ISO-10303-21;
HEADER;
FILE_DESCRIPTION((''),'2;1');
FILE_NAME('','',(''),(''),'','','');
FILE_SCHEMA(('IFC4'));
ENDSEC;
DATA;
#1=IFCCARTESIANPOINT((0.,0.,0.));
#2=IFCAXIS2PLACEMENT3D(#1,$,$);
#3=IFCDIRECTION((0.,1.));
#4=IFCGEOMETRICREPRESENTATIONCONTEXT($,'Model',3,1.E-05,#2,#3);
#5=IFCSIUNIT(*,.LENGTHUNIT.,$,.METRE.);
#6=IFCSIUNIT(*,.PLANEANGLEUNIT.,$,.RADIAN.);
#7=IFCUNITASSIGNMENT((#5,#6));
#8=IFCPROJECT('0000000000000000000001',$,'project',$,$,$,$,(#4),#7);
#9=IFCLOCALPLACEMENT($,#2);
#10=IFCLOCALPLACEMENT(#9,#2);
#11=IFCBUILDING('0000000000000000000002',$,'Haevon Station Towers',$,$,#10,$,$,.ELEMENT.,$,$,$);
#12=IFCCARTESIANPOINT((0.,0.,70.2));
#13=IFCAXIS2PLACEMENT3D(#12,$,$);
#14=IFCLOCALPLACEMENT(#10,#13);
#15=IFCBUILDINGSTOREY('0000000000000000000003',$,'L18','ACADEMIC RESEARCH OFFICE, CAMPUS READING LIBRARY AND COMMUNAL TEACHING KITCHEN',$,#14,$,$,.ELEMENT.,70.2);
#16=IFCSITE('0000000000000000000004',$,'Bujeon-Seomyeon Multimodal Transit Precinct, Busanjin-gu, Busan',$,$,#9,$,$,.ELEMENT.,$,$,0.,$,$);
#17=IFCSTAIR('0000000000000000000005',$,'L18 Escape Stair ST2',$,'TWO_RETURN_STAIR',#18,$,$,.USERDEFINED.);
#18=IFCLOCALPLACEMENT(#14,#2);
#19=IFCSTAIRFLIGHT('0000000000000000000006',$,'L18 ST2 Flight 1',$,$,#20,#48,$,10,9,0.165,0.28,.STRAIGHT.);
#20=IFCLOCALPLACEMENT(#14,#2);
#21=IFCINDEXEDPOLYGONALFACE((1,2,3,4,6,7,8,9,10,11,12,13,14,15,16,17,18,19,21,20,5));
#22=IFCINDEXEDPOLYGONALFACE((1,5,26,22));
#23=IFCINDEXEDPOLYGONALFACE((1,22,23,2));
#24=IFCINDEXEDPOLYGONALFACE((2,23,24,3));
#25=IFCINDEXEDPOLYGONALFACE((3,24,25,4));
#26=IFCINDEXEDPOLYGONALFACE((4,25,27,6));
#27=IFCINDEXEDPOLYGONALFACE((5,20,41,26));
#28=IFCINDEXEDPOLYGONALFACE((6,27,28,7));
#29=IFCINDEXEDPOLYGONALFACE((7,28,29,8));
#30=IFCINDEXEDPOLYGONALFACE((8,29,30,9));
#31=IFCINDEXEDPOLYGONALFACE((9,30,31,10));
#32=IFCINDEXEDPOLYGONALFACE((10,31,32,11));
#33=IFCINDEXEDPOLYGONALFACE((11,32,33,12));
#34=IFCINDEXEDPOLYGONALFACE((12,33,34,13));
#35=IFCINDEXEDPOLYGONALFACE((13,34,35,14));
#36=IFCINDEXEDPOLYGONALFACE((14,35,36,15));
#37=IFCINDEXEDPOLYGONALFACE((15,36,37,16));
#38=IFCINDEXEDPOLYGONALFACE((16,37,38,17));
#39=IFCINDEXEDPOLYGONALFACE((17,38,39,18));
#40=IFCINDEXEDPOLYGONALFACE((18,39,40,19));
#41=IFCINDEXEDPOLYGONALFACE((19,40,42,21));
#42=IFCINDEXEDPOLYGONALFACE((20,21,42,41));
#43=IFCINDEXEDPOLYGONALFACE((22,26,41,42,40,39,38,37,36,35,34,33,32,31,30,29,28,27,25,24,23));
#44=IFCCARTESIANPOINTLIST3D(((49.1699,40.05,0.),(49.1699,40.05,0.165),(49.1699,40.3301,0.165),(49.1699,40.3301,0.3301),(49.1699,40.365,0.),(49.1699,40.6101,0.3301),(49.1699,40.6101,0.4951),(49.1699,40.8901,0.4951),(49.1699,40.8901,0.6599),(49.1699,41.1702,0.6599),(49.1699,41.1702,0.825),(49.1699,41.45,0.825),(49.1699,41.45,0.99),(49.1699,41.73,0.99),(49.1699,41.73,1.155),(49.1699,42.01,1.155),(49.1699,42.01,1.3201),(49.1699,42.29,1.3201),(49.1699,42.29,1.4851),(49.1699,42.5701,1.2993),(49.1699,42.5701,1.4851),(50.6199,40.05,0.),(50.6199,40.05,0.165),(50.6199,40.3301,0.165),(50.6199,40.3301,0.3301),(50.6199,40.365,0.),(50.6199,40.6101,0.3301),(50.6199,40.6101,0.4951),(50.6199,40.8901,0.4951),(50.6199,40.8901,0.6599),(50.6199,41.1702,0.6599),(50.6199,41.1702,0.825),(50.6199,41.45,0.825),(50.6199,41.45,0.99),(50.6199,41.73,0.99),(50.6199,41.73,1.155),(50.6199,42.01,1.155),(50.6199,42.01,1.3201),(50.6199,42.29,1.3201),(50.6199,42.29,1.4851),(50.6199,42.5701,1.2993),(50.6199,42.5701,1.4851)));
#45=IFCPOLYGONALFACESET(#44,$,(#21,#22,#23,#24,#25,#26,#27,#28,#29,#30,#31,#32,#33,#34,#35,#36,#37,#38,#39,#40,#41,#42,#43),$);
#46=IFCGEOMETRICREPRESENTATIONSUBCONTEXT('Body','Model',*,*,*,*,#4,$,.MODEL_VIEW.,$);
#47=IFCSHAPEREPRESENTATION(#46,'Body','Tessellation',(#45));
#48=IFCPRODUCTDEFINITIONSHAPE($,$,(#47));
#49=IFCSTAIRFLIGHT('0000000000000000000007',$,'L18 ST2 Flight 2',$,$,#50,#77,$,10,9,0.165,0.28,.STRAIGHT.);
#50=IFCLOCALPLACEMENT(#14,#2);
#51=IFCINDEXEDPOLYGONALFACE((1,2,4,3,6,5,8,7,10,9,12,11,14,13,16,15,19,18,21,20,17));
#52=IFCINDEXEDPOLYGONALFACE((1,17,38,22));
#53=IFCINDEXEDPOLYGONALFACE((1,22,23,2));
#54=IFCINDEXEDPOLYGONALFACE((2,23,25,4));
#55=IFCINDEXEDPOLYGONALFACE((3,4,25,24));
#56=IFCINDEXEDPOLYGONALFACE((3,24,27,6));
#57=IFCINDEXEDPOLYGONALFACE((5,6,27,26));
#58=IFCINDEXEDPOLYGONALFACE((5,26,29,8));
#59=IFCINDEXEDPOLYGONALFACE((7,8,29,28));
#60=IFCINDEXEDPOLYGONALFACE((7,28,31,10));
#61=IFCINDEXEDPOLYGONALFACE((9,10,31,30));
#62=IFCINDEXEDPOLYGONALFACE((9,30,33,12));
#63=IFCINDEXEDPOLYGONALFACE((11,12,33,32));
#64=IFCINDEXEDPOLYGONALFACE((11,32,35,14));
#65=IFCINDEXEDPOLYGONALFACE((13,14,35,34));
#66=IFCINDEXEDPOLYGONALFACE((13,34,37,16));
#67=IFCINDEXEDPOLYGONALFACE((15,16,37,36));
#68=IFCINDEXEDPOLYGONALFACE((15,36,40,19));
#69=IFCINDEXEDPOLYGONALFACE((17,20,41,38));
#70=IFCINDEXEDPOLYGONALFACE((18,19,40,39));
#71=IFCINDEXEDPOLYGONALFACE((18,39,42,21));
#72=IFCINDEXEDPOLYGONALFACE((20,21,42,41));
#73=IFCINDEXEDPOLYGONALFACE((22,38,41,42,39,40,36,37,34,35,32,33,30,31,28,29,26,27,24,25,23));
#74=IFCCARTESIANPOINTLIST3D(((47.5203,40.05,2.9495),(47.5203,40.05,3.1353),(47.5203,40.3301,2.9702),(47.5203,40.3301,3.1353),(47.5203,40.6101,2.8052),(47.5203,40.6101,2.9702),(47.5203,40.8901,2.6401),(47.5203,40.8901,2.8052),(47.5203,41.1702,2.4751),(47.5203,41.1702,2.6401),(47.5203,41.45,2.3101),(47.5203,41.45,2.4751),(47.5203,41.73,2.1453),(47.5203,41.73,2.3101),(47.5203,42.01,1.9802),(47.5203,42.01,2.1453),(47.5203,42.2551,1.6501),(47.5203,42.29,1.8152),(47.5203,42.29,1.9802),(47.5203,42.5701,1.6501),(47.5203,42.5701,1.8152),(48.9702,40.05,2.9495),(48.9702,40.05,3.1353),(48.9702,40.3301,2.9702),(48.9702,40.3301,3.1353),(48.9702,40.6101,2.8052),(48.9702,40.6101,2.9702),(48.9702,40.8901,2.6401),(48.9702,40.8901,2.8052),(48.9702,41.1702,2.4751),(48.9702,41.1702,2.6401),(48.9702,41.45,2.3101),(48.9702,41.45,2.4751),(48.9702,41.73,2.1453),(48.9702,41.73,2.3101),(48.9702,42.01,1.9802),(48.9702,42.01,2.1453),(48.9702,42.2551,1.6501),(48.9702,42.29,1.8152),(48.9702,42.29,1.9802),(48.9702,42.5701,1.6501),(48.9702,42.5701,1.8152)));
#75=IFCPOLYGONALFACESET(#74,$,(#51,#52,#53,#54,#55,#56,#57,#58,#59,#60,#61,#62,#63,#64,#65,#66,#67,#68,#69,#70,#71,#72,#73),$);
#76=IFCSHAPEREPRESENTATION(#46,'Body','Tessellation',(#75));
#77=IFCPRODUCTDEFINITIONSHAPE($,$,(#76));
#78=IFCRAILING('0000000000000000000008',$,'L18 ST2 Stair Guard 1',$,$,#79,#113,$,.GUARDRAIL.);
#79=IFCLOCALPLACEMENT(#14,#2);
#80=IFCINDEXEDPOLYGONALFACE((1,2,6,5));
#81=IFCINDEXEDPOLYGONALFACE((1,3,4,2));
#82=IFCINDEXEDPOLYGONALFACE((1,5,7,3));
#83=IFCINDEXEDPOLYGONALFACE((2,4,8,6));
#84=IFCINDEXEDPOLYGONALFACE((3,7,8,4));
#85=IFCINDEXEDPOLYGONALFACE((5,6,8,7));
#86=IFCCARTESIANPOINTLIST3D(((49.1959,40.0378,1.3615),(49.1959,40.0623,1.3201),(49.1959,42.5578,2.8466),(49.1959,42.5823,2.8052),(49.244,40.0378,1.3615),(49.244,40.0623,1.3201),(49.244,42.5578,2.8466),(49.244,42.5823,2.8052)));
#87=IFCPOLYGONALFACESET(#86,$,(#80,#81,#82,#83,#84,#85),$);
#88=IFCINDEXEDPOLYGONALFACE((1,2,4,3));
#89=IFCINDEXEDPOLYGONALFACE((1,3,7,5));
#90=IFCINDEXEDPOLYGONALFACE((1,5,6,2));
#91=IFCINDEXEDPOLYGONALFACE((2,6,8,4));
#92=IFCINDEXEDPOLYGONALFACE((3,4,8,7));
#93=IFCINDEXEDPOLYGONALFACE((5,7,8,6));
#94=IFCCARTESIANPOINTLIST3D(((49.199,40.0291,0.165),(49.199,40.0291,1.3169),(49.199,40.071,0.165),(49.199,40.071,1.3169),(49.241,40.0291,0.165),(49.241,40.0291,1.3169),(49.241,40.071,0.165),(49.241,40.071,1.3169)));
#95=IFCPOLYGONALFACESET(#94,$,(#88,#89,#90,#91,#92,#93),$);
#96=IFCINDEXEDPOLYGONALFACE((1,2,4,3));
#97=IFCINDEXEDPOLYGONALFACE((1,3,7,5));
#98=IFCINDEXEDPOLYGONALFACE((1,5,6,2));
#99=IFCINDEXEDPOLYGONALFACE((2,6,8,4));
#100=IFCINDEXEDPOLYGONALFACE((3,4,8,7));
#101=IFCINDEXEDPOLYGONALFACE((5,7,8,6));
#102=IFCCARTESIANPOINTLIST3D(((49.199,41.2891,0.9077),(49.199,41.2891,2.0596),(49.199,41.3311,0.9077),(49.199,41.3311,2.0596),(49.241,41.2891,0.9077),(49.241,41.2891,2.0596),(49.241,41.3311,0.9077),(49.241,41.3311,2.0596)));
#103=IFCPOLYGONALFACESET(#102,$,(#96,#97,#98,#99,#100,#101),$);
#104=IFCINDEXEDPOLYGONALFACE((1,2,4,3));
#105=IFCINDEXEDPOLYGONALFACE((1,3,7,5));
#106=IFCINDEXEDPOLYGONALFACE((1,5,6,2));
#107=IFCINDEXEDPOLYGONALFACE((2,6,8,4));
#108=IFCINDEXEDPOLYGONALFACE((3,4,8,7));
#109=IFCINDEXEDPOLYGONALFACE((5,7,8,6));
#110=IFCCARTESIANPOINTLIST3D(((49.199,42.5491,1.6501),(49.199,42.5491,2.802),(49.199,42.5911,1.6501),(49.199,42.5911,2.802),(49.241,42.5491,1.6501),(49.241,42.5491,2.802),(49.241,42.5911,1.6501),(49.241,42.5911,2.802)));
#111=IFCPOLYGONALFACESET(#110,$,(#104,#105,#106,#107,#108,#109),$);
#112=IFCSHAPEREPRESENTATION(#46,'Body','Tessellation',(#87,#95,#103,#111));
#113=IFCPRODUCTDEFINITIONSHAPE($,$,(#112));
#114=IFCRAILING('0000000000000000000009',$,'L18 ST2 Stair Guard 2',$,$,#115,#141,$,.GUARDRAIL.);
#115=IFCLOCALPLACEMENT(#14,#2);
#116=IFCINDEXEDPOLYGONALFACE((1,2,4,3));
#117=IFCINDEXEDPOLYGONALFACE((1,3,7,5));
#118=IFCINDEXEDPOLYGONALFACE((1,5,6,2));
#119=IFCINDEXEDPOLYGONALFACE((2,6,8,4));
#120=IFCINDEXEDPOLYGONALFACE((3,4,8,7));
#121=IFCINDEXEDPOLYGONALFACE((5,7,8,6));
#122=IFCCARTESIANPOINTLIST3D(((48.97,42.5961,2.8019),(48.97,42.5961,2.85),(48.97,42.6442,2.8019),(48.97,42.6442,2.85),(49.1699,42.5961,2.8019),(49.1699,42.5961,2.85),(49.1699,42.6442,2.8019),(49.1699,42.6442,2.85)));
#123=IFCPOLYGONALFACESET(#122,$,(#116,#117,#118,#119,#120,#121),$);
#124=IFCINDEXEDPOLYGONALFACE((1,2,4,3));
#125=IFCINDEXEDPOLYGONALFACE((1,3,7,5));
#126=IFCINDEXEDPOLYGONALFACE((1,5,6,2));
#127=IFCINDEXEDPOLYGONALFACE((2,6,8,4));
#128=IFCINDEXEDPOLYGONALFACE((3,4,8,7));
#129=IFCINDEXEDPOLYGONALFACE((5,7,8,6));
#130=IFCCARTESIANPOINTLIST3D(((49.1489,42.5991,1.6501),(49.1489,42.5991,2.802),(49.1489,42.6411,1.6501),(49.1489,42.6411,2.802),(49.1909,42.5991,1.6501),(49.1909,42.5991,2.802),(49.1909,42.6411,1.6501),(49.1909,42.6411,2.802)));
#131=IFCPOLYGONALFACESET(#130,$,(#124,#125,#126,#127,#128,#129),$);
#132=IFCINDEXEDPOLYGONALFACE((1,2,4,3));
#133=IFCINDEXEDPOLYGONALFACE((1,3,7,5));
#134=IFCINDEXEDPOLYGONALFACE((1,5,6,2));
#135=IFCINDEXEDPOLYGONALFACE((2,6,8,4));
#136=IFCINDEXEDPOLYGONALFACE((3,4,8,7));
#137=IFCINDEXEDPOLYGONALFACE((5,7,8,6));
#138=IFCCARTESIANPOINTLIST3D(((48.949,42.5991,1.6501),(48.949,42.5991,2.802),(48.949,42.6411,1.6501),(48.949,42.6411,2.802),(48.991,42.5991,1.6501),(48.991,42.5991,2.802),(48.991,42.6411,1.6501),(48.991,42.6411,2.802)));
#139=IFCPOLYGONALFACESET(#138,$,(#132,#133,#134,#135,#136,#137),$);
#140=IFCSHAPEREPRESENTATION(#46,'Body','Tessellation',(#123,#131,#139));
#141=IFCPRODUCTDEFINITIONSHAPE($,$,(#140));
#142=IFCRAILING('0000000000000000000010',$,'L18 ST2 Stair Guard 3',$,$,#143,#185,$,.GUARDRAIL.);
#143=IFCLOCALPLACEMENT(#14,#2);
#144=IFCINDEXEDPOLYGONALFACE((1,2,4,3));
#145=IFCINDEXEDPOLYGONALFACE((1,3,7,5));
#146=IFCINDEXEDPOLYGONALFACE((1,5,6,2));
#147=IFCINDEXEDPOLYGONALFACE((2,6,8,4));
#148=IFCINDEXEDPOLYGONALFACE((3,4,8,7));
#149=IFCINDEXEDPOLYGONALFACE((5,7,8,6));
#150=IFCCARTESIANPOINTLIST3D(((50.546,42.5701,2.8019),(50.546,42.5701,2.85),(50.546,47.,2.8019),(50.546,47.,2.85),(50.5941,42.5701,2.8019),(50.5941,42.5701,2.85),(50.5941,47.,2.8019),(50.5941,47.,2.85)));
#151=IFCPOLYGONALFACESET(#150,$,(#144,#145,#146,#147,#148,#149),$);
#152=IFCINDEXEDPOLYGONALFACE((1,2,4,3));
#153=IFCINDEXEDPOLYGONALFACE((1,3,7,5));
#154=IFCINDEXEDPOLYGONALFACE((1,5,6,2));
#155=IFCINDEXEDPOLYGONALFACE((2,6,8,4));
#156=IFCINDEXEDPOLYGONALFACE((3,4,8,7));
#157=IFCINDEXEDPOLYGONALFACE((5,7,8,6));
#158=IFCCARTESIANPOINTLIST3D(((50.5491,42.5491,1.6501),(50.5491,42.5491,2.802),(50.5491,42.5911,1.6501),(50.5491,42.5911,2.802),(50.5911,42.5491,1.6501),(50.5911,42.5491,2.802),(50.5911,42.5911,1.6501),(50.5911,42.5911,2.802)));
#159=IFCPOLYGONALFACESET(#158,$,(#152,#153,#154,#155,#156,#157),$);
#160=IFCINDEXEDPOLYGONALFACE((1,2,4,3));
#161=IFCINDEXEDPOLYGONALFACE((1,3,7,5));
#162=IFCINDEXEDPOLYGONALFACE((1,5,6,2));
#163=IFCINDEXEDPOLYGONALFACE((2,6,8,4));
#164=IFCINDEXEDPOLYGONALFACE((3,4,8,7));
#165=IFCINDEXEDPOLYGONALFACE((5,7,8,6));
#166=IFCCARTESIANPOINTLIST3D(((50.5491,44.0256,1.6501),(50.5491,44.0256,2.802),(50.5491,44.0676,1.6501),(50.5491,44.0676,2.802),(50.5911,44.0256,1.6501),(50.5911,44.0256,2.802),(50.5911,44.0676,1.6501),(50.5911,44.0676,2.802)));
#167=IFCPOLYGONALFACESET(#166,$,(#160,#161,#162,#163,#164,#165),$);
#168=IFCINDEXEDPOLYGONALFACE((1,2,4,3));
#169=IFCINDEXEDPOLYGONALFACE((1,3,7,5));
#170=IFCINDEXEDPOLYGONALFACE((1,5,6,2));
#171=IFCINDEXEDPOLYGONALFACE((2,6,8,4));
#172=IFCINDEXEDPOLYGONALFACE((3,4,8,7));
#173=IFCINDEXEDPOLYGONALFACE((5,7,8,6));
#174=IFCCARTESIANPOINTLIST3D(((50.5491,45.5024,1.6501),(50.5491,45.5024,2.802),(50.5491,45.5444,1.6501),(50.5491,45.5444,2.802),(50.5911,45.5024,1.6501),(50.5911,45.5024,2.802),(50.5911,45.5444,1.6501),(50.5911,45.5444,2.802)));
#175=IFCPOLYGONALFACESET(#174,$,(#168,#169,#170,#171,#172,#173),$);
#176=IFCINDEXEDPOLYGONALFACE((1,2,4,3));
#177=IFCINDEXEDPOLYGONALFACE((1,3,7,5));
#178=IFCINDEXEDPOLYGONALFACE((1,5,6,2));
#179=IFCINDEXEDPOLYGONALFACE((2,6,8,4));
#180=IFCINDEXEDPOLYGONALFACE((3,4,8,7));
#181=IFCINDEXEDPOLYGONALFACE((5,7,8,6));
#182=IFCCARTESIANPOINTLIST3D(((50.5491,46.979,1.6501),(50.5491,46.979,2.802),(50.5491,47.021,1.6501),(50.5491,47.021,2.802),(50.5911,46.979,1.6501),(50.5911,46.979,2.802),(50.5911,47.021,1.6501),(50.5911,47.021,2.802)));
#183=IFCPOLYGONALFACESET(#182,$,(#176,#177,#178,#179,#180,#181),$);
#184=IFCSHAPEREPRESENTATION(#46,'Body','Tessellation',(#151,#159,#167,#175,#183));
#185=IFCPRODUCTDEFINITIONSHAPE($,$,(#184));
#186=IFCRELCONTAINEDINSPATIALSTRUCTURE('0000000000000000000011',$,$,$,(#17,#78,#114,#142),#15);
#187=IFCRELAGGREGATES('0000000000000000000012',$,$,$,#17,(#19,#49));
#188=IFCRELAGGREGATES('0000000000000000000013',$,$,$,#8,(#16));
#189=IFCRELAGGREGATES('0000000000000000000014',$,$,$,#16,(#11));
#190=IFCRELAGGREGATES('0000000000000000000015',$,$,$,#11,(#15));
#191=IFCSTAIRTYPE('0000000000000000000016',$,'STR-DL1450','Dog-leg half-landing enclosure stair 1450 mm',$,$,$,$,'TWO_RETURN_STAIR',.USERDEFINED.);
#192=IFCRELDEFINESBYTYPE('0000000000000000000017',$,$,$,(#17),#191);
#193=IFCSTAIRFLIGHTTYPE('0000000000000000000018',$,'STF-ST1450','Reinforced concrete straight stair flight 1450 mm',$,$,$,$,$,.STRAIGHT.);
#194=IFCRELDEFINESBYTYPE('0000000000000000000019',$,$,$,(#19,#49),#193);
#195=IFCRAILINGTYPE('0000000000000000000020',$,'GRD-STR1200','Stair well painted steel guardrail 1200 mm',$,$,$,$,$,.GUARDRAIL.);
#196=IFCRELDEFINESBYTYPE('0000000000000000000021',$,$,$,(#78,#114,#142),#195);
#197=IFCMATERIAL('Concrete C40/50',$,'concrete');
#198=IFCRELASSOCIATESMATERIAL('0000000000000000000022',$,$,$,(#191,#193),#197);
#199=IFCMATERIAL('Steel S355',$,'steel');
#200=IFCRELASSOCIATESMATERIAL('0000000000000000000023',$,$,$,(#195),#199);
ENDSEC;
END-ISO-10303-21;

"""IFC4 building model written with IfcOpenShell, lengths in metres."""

from ifc_helpers import new_model, si_unit, direction, frame, origin, origin_2d, place, context, subcontext, project, spatial, polyline, rectangle, outline, extrude, material, type_object, element, aggregate, save


model = new_model("IFC4")

# Units and contexts
model_context = context("Model", 3, precision=1e-05, world=origin(), true_north=direction((0.0, 1.0)))
body_context = subcontext(model_context, "Body", "Model", "MODEL_VIEW")
ifc_project = project(units=[si_unit("LENGTHUNIT", "METRE"), si_unit("PLANEANGLEUNIT", "RADIAN")], contexts=[model_context])

# Site, building, storey
site_placement = place(None, origin())
site = spatial("IfcSite", under=ifc_project, at=site_placement, Name="Bujeon-Seomyeon Multimodal Transit Precinct, Busanjin-gu, Busan", CompositionType="ELEMENT", RefElevation=0.0)
building_placement = place(site_placement, origin())
building = spatial("IfcBuilding", under=site, at=building_placement, Name="Haevon Station Towers", CompositionType="ELEMENT")
storey_placement = place(building_placement, frame((0.0, 0.0, 70.2)))
storey = spatial("IfcBuildingStorey", under=building, at=storey_placement, Name="L18", Description="ACADEMIC RESEARCH OFFICE, CAMPUS READING LIBRARY AND COMMUNAL TEACHING KITCHEN", CompositionType="ELEMENT", Elevation=70.2)

# Shared definitions
ifc_material_1 = material(Name="Steel S355", Category="steel")

# Shared definitions
ifc_material_2 = material(Name="Concrete C40/50", Category="concrete")

# Stair, stair flights
stair_type = type_object("IfcStairType", Name="STR-DL1450", Description="Dog-leg half-landing enclosure stair 1450 mm", ElementType="TWO_RETURN_STAIR", PredefinedType="USERDEFINED", material=ifc_material_2)
stair_placement = place(storey_placement, origin())
stair = element("IfcStair", 1, at=stair_placement, inside=storey, type_object=stair_type, Name="L18 Escape Stair ST2", ObjectType="TWO_RETURN_STAIR", PredefinedType="USERDEFINED")
stair_flight_type = type_object("IfcStairFlightType", Name="STF-ST1450", Description="Reinforced concrete straight stair flight 1450 mm", PredefinedType="STRAIGHT", material=ifc_material_2)
stair_flight_1_placement = place(storey_placement, frame((49.895, 40.05, 0.0), z_axis=(0.0, 0.0, 1.0), x_axis=(0.0, 1.0, 0.0)))
stair_flight_1 = element("IfcStairFlight", 2, at=stair_flight_1_placement, type_object=stair_flight_type, Name="L18 ST2 Flight 1", NumberOfRisers=10, NumberOfTreads=9, PredefinedType="STRAIGHT", RiserHeight=0.165, TreadLength=0.28, context=body_context, shape_type="SweptSolid", body=[
    extrude(outline(polyline([(0.0, 0.0), (0.0, 0.165), (0.28, 0.165), (0.28, 0.3301), (0.5601, 0.3301), (0.5601, 0.4951), (0.8401, 0.4951), (0.8401, 0.6599), (1.1201, 0.6599), (1.1201, 0.825), (1.3999, 0.825), (1.3999, 0.99), (1.6799, 0.99), (1.6799, 1.155), (1.96, 1.155), (1.96, 1.3201), (2.24, 1.3201), (2.24, 1.4851), (2.52, 1.4851), (2.52, 1.6499), (2.52, 1.2993), (0.3149, 0.0), (0.0, 0.0)])), frame((0.0, 0.7251, 0.0), z_axis=(0.0, -1.0, 0.0), x_axis=(1.0, 0.0, 0.0)), (0.0, 0.0, 1.0), 1.45),
])
stair_flight_2_placement = place(storey_placement, frame((48.2451, 42.5701, 1.6501), z_axis=(0.0, 0.0, 1.0), x_axis=(0.0, -1.0, 0.0)))
stair_flight_2 = element("IfcStairFlight", 3, at=stair_flight_2_placement, type_object=stair_flight_type, Name="L18 ST2 Flight 2", NumberOfRisers=10, NumberOfTreads=9, PredefinedType="STRAIGHT", RiserHeight=0.165, TreadLength=0.28, context=body_context, shape_type="SweptSolid", body=[
    extrude(outline(polyline([(0.0, 0.0), (0.0, 0.165), (0.28, 0.165), (0.28, 0.3301), (0.5601, 0.3301), (0.5601, 0.4951), (0.8401, 0.4951), (0.8401, 0.6599), (1.1201, 0.6599), (1.1201, 0.825), (1.3999, 0.825), (1.3999, 0.99), (1.6799, 0.99), (1.6799, 1.155), (1.96, 1.155), (1.96, 1.3201), (2.24, 1.3201), (2.24, 1.4851), (2.52, 1.4851), (2.52, 1.6499), (2.52, 1.2993), (0.3149, 0.0), (0.0, 0.0)])), frame((0.0, 0.7251, 0.0), z_axis=(0.0, -1.0, 0.0), x_axis=(1.0, 0.0, 0.0)), (0.0, 0.0, 1.0), 1.45),
])
aggregate(stair, [stair_flight_1, stair_flight_2])

# Railings
railing_type_1 = type_object("IfcRailingType", Name="GRD-STR1200", Description="Stair well painted steel guardrail 1200 mm", PredefinedType="GUARDRAIL", material=ifc_material_1)
railing_1_placement = place(storey_placement, frame((49.22, 40.05, 0.165)))
element("IfcRailing", 4, at=railing_1_placement, inside=storey, type_object=railing_type_1, Name="L18 ST2 Stair Guard 1", PredefinedType="GUARDRAIL", context=body_context, shape_type="SweptSolid", body=[
    extrude(rectangle(XDim=0.0481, YDim=0.0481, at=origin_2d()), frame((0.0, 0.0, 1.1758), z_axis=(0.0, 0.861524, 0.507717), x_axis=(-1.0, 0.0, 0.0)), (0.0, 0.0, 1.0), 2.925),
    extrude(rectangle(XDim=0.042, YDim=0.042, at=origin_2d()), origin(), (0.0, 0.0, 1.0), 1.1519),
    extrude(rectangle(XDim=0.042, YDim=0.042, at=origin_2d()), frame((0.0, 1.26, 0.7427)), (0.0, 0.0, 1.0), 1.1519),
    extrude(rectangle(XDim=0.042, YDim=0.042, at=origin_2d()), frame((0.0, 2.52, 1.4851)), (0.0, 0.0, 1.0), 1.1519),
])
railing_2_placement = place(storey_placement, frame((49.1699, 42.6201, 1.6501)))
element("IfcRailing", 5, at=railing_2_placement, inside=storey, type_object=railing_type_1, Name="L18 ST2 Stair Guard 2", PredefinedType="GUARDRAIL", context=body_context, shape_type="SweptSolid", body=[
    extrude(rectangle(XDim=0.0481, YDim=0.0481, at=origin_2d()), frame((0.0, 0.0, 1.1758), z_axis=(-1.0, 0.0, 0.0), x_axis=(0.0, -1.0, 0.0)), (0.0, 0.0, 1.0), 0.2),
    extrude(rectangle(XDim=0.042, YDim=0.042, at=origin_2d()), origin(), (0.0, 0.0, 1.0), 1.1519),
    extrude(rectangle(XDim=0.042, YDim=0.042, at=origin_2d()), frame((-0.2, 0.0, 0.0)), (0.0, 0.0, 1.0), 1.1519),
])
for number, where, name in (
    (6, (50.5701, 42.5701, 1.6501), "L18 ST2 Stair Guard 3"),
):
    element("IfcRailing", number, at=place(storey_placement, frame(where)), inside=storey, type_object=railing_type_1, Name=name, PredefinedType="GUARDRAIL", context=body_context, shape_type="SweptSolid", body=[
        extrude(rectangle(XDim=0.0481, YDim=0.0481, at=origin_2d()), frame((0.0, 0.0, 1.1758), z_axis=(0.0, 1.0, 0.0), x_axis=(-1.0, 0.0, 0.0)), (0.0, 0.0, 1.0), 4.4299),
        extrude(rectangle(XDim=0.042, YDim=0.042, at=origin_2d()), origin(), (0.0, 0.0, 1.0), 1.1519),
        extrude(rectangle(XDim=0.042, YDim=0.042, at=origin_2d()), frame((0.0, 1.4766, 0.0)), (0.0, 0.0, 1.0), 1.1519),
        extrude(rectangle(XDim=0.042, YDim=0.042, at=origin_2d()), frame((0.0, 2.9534, 0.0)), (0.0, 0.0, 1.0), 1.1519),
        extrude(rectangle(XDim=0.042, YDim=0.042, at=origin_2d()), frame((0.0, 4.4299, 0.0)), (0.0, 0.0, 1.0), 1.1519),
    ])

save(model, "model.ifc")
